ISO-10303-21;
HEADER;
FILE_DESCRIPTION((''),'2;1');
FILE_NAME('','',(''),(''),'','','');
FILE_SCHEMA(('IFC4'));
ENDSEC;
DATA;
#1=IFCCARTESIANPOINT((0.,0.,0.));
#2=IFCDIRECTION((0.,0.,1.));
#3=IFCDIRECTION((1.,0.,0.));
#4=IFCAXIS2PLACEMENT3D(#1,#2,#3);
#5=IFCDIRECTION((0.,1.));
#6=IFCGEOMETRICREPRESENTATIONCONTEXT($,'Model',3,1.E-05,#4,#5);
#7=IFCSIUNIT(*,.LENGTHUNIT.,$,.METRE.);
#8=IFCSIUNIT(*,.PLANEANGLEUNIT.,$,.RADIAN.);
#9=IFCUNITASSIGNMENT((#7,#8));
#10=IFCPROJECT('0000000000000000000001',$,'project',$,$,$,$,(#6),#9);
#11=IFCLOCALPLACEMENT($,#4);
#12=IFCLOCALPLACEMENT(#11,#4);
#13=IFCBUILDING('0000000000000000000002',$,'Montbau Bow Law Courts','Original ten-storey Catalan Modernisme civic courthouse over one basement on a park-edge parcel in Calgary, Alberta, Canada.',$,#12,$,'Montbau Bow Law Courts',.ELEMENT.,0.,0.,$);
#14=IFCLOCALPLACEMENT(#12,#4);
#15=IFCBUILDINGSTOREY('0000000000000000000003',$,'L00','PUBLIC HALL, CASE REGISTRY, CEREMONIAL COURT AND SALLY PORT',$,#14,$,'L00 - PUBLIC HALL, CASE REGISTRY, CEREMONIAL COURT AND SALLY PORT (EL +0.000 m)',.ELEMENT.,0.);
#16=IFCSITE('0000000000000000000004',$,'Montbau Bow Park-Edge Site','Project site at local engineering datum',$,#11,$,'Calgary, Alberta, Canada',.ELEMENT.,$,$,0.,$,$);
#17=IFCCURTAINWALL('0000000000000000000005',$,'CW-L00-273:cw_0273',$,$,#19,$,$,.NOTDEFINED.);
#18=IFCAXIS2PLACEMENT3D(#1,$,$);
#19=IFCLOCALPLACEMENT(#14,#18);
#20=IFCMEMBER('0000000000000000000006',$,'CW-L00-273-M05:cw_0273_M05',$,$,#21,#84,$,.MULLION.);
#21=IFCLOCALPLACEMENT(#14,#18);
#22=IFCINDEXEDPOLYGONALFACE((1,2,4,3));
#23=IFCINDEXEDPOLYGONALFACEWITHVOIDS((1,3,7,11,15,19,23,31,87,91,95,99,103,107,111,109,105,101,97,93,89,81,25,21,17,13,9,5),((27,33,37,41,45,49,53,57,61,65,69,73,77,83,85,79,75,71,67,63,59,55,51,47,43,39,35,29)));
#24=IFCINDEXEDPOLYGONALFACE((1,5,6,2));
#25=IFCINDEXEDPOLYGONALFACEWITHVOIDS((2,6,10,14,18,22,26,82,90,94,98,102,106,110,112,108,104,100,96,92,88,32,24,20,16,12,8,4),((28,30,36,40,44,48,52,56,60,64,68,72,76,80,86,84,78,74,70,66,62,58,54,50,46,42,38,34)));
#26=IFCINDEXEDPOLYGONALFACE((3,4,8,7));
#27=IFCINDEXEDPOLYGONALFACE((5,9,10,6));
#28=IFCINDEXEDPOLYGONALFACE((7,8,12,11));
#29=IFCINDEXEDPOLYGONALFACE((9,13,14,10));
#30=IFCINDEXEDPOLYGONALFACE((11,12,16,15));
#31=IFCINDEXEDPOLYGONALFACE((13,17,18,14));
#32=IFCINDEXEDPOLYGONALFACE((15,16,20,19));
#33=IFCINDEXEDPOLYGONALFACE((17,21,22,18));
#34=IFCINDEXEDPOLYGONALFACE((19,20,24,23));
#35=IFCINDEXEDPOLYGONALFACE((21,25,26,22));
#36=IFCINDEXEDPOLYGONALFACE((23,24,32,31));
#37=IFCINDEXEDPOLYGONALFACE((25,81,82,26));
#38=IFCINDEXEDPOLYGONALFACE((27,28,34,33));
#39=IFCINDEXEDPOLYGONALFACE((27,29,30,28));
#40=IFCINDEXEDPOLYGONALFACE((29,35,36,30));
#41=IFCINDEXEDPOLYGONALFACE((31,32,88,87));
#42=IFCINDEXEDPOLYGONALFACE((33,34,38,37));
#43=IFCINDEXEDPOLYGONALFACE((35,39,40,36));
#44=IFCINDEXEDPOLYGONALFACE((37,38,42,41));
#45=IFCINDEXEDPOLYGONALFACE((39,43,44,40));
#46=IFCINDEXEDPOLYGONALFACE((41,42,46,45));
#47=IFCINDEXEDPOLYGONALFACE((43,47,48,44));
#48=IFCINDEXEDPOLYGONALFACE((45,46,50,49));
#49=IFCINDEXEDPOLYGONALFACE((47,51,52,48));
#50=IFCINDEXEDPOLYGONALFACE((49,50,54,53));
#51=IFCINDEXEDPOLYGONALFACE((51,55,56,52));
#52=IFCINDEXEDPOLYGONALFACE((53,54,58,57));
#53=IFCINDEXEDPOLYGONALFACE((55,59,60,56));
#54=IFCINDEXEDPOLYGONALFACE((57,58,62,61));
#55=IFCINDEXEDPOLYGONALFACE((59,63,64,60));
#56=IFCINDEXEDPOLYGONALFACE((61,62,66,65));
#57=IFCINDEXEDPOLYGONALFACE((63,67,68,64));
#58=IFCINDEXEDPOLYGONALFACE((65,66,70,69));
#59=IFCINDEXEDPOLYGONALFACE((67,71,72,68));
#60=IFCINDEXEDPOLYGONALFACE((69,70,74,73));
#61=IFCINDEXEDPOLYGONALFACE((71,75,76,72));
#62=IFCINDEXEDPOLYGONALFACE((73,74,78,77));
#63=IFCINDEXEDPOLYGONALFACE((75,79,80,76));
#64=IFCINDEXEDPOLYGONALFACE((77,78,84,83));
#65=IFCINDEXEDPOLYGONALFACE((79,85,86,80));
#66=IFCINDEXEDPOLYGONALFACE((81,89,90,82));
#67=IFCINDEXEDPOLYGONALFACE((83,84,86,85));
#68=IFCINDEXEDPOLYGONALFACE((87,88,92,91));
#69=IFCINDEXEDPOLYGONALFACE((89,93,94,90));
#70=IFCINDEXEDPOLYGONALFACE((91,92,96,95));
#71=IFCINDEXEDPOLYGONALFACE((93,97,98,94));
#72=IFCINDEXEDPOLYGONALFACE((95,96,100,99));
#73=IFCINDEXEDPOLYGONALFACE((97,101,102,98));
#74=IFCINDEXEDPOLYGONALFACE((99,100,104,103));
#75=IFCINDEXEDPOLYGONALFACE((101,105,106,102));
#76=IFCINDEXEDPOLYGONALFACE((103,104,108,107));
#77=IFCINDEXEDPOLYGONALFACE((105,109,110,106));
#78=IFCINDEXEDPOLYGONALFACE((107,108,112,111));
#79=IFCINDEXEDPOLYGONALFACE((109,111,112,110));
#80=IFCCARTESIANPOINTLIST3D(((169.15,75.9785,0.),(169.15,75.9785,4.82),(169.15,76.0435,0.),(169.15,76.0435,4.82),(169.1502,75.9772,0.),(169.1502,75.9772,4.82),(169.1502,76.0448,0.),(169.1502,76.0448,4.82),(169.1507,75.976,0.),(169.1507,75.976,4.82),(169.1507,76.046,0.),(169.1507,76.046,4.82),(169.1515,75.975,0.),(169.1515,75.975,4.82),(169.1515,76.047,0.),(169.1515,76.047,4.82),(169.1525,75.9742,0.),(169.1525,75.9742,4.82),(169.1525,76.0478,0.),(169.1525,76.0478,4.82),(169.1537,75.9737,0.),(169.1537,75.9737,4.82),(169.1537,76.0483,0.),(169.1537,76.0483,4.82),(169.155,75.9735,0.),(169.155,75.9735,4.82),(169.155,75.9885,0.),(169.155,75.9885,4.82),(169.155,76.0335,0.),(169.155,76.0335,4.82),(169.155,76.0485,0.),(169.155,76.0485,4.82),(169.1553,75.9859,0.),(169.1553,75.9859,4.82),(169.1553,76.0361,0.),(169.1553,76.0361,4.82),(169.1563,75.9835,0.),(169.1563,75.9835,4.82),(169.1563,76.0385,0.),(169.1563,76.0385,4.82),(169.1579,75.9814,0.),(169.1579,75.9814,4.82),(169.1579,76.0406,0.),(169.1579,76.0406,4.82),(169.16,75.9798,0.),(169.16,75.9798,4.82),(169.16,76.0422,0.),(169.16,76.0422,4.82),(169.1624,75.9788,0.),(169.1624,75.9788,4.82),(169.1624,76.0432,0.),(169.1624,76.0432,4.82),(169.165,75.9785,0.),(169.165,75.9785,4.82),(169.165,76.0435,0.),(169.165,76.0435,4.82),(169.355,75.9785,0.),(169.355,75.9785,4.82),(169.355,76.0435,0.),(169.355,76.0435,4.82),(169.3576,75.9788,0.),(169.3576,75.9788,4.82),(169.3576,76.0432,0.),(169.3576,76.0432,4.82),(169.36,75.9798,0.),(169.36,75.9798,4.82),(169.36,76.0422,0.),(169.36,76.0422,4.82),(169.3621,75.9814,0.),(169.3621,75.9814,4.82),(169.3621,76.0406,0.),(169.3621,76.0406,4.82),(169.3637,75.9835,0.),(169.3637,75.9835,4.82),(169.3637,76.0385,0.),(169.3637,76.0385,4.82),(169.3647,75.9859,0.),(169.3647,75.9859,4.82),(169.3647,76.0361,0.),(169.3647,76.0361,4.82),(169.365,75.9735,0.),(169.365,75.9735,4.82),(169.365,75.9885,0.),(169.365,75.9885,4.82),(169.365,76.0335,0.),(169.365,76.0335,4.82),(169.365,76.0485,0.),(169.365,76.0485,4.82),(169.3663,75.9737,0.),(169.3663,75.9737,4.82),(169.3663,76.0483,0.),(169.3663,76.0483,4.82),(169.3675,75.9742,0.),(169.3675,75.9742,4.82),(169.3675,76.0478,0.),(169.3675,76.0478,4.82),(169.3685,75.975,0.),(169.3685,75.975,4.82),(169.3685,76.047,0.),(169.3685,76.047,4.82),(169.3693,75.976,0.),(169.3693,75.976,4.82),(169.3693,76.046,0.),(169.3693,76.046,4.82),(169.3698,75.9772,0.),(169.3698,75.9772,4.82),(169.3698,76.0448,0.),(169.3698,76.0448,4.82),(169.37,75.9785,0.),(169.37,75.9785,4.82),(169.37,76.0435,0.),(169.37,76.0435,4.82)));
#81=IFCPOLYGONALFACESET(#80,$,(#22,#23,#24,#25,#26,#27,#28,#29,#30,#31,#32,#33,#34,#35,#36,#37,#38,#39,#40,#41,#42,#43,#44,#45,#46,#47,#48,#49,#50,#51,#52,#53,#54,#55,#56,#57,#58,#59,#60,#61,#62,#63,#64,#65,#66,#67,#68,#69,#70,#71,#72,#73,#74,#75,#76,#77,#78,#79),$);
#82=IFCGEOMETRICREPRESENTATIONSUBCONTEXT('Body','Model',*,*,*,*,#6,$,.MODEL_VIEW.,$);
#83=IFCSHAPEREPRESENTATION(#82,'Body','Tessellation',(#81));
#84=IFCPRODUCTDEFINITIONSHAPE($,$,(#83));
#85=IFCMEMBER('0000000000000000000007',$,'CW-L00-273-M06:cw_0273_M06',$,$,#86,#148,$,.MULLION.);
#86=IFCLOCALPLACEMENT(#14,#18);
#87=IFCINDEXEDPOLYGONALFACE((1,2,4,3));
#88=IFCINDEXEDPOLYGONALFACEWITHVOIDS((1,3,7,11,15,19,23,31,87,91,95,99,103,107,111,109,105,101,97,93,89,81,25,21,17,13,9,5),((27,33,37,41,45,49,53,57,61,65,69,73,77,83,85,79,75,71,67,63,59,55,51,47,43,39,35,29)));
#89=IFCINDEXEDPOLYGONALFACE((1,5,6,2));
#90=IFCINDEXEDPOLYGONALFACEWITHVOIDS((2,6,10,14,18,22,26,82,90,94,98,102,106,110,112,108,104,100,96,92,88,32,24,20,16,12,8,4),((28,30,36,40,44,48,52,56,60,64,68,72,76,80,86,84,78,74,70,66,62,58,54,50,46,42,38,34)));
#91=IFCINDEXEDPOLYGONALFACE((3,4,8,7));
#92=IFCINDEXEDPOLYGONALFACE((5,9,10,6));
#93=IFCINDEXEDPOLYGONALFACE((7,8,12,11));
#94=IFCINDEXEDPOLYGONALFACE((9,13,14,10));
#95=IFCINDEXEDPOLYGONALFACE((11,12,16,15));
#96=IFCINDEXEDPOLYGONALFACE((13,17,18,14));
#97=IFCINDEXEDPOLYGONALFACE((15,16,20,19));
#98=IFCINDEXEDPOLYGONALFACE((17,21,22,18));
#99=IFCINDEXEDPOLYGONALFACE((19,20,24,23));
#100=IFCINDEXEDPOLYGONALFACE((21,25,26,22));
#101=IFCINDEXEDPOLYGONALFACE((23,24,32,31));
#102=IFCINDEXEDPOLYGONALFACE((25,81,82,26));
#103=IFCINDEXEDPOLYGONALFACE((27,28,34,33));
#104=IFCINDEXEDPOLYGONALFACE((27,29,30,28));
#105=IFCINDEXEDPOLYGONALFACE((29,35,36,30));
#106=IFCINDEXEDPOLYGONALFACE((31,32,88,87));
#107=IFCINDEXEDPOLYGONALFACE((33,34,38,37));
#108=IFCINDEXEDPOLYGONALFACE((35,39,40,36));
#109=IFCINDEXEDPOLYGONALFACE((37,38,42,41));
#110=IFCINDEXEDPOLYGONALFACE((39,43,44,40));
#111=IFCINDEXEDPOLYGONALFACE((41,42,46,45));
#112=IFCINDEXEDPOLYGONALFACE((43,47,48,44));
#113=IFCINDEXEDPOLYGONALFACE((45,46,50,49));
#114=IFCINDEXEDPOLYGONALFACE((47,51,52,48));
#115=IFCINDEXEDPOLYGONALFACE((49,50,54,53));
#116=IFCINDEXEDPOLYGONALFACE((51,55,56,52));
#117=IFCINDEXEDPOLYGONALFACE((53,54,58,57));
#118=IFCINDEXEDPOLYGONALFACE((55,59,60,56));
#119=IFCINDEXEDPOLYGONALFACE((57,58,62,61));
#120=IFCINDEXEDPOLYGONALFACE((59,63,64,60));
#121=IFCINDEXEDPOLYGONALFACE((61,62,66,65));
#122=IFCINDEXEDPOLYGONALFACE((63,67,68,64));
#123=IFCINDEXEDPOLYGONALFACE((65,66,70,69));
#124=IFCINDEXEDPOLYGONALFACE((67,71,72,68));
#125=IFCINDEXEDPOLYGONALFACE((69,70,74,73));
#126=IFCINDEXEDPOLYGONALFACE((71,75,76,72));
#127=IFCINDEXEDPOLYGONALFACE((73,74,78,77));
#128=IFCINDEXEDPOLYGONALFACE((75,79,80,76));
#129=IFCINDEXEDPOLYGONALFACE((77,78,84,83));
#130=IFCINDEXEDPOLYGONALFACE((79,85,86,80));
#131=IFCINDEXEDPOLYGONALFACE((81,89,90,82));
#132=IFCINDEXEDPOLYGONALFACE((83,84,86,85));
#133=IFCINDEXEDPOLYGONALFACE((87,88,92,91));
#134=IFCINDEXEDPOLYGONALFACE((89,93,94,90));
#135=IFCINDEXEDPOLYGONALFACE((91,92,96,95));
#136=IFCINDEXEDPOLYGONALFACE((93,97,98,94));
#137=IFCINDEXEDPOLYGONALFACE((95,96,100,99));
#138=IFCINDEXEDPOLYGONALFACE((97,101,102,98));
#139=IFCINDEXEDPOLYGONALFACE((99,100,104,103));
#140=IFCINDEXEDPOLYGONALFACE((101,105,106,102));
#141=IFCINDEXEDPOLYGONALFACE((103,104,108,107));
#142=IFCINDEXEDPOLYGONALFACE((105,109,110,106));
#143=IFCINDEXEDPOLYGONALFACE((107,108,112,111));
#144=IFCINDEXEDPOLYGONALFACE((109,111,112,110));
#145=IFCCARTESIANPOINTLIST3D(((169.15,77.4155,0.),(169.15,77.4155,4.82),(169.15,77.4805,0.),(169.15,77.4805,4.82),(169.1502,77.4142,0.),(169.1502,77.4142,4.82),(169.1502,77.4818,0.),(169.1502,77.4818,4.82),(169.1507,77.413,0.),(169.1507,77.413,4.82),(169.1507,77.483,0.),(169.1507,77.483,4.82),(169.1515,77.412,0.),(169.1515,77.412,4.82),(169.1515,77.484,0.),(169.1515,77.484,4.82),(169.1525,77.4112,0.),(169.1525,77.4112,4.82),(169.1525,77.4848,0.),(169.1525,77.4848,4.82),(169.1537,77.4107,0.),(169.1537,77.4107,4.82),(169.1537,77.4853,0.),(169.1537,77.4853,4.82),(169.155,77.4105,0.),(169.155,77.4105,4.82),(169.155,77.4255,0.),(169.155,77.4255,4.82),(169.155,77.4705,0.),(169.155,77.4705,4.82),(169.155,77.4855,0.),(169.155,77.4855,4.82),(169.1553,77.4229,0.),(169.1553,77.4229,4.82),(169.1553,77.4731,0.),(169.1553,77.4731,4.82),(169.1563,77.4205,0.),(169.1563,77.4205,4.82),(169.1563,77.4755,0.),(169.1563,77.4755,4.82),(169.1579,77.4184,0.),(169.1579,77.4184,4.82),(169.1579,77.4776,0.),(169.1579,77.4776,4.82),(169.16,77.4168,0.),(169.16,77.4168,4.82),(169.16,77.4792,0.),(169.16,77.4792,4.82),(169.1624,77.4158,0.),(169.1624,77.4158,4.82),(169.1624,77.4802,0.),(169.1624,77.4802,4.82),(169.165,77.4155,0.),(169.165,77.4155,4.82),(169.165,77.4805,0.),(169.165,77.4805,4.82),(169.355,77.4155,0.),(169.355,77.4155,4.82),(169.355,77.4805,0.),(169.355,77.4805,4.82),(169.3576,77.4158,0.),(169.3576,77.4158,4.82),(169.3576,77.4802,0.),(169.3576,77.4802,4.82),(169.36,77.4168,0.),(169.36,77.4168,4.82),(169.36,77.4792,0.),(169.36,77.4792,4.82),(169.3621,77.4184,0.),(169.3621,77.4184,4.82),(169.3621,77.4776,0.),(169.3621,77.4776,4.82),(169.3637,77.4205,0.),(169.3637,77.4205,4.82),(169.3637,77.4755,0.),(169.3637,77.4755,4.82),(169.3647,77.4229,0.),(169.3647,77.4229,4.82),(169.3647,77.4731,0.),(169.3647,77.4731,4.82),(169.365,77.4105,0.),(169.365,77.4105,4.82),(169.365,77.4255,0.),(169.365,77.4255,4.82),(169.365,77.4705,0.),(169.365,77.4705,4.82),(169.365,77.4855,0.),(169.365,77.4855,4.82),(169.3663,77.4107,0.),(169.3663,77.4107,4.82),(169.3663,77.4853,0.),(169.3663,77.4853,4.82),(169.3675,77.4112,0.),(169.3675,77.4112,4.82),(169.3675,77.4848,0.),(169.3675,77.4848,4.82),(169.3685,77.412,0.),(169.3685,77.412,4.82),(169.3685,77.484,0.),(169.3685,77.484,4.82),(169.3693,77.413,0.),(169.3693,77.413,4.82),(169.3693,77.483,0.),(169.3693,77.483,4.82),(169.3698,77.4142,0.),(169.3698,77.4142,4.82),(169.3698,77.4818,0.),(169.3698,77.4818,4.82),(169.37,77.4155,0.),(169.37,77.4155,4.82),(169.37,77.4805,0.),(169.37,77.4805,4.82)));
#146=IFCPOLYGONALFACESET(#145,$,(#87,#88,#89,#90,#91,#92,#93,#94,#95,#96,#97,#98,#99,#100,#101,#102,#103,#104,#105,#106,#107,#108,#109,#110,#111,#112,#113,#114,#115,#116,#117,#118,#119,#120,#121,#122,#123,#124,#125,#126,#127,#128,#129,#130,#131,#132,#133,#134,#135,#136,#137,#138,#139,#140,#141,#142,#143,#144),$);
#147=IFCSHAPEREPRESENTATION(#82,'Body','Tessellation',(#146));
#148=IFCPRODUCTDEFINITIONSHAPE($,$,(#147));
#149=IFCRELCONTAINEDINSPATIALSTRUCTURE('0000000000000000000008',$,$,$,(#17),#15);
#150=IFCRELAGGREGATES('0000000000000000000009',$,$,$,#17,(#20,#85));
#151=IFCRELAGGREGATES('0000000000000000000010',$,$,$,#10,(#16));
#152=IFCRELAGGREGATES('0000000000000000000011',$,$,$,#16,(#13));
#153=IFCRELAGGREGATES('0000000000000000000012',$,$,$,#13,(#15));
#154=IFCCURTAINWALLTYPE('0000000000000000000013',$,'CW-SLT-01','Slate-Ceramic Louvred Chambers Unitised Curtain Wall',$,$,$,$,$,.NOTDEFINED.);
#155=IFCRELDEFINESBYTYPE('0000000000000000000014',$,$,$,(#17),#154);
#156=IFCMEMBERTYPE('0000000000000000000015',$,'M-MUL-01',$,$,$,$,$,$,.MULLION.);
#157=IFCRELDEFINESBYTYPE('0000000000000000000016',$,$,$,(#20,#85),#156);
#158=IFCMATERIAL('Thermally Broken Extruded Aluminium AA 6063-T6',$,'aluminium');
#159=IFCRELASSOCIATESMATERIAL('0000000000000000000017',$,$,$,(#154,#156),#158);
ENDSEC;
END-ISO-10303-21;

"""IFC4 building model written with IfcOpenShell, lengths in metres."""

from ifc_helpers import new_model, si_unit, direction, frame, origin_with_axes, origin_2d_with_axis, place, context, subcontext, project, spatial, hollow_rectangle, extrude, material, material_profile, profile_set, type_object, element, aggregate, save


model = new_model("IFC4")

# Units and contexts
model_context = context("Model", 3, precision=1e-05, world=origin_with_axes(), true_north=direction((0.0, 1.0)))
body_context = subcontext(model_context, "Body", "Model", "MODEL_VIEW")
ifc_project = project(units=[si_unit("LENGTHUNIT", "METRE"), si_unit("PLANEANGLEUNIT", "RADIAN")], contexts=[model_context])

# Site, building, storey
site_placement = place(None, origin_with_axes())
site = spatial("IfcSite", under=ifc_project, at=site_placement, Name="Montbau Bow Park-Edge Site", Description="Project site at local engineering datum", LongName="Calgary, Alberta, Canada", CompositionType="ELEMENT", RefElevation=0.0)
building_placement = place(site_placement, origin_with_axes())
building = spatial("IfcBuilding", under=site, at=building_placement, Name="Montbau Bow Law Courts", Description="Original ten-storey Catalan Modernisme civic courthouse over one basement on a park-edge parcel in Calgary, Alberta, Canada.", LongName="Montbau Bow Law Courts", CompositionType="ELEMENT", ElevationOfRefHeight=0.0, ElevationOfTerrain=0.0)
storey_placement = place(building_placement, origin_with_axes())
storey = spatial("IfcBuildingStorey", under=building, at=storey_placement, Name="L00", Description="PUBLIC HALL, CASE REGISTRY, CEREMONIAL COURT AND SALLY PORT", LongName="L00 - PUBLIC HALL, CASE REGISTRY, CEREMONIAL COURT AND SALLY PORT (EL +0.000 m)", CompositionType="ELEMENT", Elevation=0.0)

# Curtain wall, members
ifc_material_1 = material(Name="Thermally Broken Extruded Aluminium AA 6063-T6", Category="aluminium")
curtain_wall_type = type_object("IfcCurtainWallType", Name="CW-SLT-01", Description="Slate-Ceramic Louvred Chambers Unitised Curtain Wall", PredefinedType="NOTDEFINED", material=ifc_material_1)
curtain_wall_placement = place(None, frame((169.26, 70.115, 0.0), z_axis=(0.0, 0.0, 1.0), x_axis=(1.0, 0.0, 0.0)))
curtain_wall = element("IfcCurtainWall", 1, at=curtain_wall_placement, inside=storey, type_object=curtain_wall_type, Name="CW-L00-273:cw_0273", PredefinedType="NOTDEFINED")
ifc_material_profile_1 = material_profile(ifc_material_1, hollow_rectangle(XDim=0.075, YDim=0.22, WallThickness=0.005, InnerFilletRadius=0.01, OuterFilletRadius=0.005, at=origin_2d_with_axis()), Name="CWM-220X75", Category="Main", Priority=0)
ifc_profile_set_1 = profile_set([ifc_material_profile_1], Name="Thermally Broken Extruded Aluminium AA 6063-T6")
member_type_1 = type_object("IfcMemberType", Name="M-MUL-01", PredefinedType="MULLION", material=ifc_profile_set_1)
member_1_placement = place(None, frame((169.26, 76.011, 0.0), z_axis=(0.0, 0.0, 1.0), x_axis=(0.0, 1.0, 0.0)))
member_1 = element("IfcMember", 2, at=member_1_placement, type_object=member_type_1, Name="CW-L00-273-M05:cw_0273_M05", PredefinedType="MULLION", context=body_context, shape_type="SweptSolid", body=[
    extrude(hollow_rectangle(XDim=0.075, YDim=0.22, WallThickness=0.005, InnerFilletRadius=0.01, OuterFilletRadius=0.005, at=origin_2d_with_axis()), origin_with_axes(), (0.0, 0.0, 1.0), 4.82),
])
member_2_placement = place(None, frame((169.26, 77.448, 0.0), z_axis=(0.0, 0.0, 1.0), x_axis=(0.0, 1.0, 0.0)))
member_2 = element("IfcMember", 3, at=member_2_placement, type_object=member_type_1, Name="CW-L00-273-M06:cw_0273_M06", PredefinedType="MULLION", context=body_context, shape_type="SweptSolid", body=[
    extrude(hollow_rectangle(XDim=0.075, YDim=0.22, WallThickness=0.005, InnerFilletRadius=0.01, OuterFilletRadius=0.005, at=origin_2d_with_axis()), origin_with_axes(), (0.0, 0.0, 1.0), 4.82),
])

aggregate(curtain_wall, [member_1, member_2])

save(model, "model.ifc")
